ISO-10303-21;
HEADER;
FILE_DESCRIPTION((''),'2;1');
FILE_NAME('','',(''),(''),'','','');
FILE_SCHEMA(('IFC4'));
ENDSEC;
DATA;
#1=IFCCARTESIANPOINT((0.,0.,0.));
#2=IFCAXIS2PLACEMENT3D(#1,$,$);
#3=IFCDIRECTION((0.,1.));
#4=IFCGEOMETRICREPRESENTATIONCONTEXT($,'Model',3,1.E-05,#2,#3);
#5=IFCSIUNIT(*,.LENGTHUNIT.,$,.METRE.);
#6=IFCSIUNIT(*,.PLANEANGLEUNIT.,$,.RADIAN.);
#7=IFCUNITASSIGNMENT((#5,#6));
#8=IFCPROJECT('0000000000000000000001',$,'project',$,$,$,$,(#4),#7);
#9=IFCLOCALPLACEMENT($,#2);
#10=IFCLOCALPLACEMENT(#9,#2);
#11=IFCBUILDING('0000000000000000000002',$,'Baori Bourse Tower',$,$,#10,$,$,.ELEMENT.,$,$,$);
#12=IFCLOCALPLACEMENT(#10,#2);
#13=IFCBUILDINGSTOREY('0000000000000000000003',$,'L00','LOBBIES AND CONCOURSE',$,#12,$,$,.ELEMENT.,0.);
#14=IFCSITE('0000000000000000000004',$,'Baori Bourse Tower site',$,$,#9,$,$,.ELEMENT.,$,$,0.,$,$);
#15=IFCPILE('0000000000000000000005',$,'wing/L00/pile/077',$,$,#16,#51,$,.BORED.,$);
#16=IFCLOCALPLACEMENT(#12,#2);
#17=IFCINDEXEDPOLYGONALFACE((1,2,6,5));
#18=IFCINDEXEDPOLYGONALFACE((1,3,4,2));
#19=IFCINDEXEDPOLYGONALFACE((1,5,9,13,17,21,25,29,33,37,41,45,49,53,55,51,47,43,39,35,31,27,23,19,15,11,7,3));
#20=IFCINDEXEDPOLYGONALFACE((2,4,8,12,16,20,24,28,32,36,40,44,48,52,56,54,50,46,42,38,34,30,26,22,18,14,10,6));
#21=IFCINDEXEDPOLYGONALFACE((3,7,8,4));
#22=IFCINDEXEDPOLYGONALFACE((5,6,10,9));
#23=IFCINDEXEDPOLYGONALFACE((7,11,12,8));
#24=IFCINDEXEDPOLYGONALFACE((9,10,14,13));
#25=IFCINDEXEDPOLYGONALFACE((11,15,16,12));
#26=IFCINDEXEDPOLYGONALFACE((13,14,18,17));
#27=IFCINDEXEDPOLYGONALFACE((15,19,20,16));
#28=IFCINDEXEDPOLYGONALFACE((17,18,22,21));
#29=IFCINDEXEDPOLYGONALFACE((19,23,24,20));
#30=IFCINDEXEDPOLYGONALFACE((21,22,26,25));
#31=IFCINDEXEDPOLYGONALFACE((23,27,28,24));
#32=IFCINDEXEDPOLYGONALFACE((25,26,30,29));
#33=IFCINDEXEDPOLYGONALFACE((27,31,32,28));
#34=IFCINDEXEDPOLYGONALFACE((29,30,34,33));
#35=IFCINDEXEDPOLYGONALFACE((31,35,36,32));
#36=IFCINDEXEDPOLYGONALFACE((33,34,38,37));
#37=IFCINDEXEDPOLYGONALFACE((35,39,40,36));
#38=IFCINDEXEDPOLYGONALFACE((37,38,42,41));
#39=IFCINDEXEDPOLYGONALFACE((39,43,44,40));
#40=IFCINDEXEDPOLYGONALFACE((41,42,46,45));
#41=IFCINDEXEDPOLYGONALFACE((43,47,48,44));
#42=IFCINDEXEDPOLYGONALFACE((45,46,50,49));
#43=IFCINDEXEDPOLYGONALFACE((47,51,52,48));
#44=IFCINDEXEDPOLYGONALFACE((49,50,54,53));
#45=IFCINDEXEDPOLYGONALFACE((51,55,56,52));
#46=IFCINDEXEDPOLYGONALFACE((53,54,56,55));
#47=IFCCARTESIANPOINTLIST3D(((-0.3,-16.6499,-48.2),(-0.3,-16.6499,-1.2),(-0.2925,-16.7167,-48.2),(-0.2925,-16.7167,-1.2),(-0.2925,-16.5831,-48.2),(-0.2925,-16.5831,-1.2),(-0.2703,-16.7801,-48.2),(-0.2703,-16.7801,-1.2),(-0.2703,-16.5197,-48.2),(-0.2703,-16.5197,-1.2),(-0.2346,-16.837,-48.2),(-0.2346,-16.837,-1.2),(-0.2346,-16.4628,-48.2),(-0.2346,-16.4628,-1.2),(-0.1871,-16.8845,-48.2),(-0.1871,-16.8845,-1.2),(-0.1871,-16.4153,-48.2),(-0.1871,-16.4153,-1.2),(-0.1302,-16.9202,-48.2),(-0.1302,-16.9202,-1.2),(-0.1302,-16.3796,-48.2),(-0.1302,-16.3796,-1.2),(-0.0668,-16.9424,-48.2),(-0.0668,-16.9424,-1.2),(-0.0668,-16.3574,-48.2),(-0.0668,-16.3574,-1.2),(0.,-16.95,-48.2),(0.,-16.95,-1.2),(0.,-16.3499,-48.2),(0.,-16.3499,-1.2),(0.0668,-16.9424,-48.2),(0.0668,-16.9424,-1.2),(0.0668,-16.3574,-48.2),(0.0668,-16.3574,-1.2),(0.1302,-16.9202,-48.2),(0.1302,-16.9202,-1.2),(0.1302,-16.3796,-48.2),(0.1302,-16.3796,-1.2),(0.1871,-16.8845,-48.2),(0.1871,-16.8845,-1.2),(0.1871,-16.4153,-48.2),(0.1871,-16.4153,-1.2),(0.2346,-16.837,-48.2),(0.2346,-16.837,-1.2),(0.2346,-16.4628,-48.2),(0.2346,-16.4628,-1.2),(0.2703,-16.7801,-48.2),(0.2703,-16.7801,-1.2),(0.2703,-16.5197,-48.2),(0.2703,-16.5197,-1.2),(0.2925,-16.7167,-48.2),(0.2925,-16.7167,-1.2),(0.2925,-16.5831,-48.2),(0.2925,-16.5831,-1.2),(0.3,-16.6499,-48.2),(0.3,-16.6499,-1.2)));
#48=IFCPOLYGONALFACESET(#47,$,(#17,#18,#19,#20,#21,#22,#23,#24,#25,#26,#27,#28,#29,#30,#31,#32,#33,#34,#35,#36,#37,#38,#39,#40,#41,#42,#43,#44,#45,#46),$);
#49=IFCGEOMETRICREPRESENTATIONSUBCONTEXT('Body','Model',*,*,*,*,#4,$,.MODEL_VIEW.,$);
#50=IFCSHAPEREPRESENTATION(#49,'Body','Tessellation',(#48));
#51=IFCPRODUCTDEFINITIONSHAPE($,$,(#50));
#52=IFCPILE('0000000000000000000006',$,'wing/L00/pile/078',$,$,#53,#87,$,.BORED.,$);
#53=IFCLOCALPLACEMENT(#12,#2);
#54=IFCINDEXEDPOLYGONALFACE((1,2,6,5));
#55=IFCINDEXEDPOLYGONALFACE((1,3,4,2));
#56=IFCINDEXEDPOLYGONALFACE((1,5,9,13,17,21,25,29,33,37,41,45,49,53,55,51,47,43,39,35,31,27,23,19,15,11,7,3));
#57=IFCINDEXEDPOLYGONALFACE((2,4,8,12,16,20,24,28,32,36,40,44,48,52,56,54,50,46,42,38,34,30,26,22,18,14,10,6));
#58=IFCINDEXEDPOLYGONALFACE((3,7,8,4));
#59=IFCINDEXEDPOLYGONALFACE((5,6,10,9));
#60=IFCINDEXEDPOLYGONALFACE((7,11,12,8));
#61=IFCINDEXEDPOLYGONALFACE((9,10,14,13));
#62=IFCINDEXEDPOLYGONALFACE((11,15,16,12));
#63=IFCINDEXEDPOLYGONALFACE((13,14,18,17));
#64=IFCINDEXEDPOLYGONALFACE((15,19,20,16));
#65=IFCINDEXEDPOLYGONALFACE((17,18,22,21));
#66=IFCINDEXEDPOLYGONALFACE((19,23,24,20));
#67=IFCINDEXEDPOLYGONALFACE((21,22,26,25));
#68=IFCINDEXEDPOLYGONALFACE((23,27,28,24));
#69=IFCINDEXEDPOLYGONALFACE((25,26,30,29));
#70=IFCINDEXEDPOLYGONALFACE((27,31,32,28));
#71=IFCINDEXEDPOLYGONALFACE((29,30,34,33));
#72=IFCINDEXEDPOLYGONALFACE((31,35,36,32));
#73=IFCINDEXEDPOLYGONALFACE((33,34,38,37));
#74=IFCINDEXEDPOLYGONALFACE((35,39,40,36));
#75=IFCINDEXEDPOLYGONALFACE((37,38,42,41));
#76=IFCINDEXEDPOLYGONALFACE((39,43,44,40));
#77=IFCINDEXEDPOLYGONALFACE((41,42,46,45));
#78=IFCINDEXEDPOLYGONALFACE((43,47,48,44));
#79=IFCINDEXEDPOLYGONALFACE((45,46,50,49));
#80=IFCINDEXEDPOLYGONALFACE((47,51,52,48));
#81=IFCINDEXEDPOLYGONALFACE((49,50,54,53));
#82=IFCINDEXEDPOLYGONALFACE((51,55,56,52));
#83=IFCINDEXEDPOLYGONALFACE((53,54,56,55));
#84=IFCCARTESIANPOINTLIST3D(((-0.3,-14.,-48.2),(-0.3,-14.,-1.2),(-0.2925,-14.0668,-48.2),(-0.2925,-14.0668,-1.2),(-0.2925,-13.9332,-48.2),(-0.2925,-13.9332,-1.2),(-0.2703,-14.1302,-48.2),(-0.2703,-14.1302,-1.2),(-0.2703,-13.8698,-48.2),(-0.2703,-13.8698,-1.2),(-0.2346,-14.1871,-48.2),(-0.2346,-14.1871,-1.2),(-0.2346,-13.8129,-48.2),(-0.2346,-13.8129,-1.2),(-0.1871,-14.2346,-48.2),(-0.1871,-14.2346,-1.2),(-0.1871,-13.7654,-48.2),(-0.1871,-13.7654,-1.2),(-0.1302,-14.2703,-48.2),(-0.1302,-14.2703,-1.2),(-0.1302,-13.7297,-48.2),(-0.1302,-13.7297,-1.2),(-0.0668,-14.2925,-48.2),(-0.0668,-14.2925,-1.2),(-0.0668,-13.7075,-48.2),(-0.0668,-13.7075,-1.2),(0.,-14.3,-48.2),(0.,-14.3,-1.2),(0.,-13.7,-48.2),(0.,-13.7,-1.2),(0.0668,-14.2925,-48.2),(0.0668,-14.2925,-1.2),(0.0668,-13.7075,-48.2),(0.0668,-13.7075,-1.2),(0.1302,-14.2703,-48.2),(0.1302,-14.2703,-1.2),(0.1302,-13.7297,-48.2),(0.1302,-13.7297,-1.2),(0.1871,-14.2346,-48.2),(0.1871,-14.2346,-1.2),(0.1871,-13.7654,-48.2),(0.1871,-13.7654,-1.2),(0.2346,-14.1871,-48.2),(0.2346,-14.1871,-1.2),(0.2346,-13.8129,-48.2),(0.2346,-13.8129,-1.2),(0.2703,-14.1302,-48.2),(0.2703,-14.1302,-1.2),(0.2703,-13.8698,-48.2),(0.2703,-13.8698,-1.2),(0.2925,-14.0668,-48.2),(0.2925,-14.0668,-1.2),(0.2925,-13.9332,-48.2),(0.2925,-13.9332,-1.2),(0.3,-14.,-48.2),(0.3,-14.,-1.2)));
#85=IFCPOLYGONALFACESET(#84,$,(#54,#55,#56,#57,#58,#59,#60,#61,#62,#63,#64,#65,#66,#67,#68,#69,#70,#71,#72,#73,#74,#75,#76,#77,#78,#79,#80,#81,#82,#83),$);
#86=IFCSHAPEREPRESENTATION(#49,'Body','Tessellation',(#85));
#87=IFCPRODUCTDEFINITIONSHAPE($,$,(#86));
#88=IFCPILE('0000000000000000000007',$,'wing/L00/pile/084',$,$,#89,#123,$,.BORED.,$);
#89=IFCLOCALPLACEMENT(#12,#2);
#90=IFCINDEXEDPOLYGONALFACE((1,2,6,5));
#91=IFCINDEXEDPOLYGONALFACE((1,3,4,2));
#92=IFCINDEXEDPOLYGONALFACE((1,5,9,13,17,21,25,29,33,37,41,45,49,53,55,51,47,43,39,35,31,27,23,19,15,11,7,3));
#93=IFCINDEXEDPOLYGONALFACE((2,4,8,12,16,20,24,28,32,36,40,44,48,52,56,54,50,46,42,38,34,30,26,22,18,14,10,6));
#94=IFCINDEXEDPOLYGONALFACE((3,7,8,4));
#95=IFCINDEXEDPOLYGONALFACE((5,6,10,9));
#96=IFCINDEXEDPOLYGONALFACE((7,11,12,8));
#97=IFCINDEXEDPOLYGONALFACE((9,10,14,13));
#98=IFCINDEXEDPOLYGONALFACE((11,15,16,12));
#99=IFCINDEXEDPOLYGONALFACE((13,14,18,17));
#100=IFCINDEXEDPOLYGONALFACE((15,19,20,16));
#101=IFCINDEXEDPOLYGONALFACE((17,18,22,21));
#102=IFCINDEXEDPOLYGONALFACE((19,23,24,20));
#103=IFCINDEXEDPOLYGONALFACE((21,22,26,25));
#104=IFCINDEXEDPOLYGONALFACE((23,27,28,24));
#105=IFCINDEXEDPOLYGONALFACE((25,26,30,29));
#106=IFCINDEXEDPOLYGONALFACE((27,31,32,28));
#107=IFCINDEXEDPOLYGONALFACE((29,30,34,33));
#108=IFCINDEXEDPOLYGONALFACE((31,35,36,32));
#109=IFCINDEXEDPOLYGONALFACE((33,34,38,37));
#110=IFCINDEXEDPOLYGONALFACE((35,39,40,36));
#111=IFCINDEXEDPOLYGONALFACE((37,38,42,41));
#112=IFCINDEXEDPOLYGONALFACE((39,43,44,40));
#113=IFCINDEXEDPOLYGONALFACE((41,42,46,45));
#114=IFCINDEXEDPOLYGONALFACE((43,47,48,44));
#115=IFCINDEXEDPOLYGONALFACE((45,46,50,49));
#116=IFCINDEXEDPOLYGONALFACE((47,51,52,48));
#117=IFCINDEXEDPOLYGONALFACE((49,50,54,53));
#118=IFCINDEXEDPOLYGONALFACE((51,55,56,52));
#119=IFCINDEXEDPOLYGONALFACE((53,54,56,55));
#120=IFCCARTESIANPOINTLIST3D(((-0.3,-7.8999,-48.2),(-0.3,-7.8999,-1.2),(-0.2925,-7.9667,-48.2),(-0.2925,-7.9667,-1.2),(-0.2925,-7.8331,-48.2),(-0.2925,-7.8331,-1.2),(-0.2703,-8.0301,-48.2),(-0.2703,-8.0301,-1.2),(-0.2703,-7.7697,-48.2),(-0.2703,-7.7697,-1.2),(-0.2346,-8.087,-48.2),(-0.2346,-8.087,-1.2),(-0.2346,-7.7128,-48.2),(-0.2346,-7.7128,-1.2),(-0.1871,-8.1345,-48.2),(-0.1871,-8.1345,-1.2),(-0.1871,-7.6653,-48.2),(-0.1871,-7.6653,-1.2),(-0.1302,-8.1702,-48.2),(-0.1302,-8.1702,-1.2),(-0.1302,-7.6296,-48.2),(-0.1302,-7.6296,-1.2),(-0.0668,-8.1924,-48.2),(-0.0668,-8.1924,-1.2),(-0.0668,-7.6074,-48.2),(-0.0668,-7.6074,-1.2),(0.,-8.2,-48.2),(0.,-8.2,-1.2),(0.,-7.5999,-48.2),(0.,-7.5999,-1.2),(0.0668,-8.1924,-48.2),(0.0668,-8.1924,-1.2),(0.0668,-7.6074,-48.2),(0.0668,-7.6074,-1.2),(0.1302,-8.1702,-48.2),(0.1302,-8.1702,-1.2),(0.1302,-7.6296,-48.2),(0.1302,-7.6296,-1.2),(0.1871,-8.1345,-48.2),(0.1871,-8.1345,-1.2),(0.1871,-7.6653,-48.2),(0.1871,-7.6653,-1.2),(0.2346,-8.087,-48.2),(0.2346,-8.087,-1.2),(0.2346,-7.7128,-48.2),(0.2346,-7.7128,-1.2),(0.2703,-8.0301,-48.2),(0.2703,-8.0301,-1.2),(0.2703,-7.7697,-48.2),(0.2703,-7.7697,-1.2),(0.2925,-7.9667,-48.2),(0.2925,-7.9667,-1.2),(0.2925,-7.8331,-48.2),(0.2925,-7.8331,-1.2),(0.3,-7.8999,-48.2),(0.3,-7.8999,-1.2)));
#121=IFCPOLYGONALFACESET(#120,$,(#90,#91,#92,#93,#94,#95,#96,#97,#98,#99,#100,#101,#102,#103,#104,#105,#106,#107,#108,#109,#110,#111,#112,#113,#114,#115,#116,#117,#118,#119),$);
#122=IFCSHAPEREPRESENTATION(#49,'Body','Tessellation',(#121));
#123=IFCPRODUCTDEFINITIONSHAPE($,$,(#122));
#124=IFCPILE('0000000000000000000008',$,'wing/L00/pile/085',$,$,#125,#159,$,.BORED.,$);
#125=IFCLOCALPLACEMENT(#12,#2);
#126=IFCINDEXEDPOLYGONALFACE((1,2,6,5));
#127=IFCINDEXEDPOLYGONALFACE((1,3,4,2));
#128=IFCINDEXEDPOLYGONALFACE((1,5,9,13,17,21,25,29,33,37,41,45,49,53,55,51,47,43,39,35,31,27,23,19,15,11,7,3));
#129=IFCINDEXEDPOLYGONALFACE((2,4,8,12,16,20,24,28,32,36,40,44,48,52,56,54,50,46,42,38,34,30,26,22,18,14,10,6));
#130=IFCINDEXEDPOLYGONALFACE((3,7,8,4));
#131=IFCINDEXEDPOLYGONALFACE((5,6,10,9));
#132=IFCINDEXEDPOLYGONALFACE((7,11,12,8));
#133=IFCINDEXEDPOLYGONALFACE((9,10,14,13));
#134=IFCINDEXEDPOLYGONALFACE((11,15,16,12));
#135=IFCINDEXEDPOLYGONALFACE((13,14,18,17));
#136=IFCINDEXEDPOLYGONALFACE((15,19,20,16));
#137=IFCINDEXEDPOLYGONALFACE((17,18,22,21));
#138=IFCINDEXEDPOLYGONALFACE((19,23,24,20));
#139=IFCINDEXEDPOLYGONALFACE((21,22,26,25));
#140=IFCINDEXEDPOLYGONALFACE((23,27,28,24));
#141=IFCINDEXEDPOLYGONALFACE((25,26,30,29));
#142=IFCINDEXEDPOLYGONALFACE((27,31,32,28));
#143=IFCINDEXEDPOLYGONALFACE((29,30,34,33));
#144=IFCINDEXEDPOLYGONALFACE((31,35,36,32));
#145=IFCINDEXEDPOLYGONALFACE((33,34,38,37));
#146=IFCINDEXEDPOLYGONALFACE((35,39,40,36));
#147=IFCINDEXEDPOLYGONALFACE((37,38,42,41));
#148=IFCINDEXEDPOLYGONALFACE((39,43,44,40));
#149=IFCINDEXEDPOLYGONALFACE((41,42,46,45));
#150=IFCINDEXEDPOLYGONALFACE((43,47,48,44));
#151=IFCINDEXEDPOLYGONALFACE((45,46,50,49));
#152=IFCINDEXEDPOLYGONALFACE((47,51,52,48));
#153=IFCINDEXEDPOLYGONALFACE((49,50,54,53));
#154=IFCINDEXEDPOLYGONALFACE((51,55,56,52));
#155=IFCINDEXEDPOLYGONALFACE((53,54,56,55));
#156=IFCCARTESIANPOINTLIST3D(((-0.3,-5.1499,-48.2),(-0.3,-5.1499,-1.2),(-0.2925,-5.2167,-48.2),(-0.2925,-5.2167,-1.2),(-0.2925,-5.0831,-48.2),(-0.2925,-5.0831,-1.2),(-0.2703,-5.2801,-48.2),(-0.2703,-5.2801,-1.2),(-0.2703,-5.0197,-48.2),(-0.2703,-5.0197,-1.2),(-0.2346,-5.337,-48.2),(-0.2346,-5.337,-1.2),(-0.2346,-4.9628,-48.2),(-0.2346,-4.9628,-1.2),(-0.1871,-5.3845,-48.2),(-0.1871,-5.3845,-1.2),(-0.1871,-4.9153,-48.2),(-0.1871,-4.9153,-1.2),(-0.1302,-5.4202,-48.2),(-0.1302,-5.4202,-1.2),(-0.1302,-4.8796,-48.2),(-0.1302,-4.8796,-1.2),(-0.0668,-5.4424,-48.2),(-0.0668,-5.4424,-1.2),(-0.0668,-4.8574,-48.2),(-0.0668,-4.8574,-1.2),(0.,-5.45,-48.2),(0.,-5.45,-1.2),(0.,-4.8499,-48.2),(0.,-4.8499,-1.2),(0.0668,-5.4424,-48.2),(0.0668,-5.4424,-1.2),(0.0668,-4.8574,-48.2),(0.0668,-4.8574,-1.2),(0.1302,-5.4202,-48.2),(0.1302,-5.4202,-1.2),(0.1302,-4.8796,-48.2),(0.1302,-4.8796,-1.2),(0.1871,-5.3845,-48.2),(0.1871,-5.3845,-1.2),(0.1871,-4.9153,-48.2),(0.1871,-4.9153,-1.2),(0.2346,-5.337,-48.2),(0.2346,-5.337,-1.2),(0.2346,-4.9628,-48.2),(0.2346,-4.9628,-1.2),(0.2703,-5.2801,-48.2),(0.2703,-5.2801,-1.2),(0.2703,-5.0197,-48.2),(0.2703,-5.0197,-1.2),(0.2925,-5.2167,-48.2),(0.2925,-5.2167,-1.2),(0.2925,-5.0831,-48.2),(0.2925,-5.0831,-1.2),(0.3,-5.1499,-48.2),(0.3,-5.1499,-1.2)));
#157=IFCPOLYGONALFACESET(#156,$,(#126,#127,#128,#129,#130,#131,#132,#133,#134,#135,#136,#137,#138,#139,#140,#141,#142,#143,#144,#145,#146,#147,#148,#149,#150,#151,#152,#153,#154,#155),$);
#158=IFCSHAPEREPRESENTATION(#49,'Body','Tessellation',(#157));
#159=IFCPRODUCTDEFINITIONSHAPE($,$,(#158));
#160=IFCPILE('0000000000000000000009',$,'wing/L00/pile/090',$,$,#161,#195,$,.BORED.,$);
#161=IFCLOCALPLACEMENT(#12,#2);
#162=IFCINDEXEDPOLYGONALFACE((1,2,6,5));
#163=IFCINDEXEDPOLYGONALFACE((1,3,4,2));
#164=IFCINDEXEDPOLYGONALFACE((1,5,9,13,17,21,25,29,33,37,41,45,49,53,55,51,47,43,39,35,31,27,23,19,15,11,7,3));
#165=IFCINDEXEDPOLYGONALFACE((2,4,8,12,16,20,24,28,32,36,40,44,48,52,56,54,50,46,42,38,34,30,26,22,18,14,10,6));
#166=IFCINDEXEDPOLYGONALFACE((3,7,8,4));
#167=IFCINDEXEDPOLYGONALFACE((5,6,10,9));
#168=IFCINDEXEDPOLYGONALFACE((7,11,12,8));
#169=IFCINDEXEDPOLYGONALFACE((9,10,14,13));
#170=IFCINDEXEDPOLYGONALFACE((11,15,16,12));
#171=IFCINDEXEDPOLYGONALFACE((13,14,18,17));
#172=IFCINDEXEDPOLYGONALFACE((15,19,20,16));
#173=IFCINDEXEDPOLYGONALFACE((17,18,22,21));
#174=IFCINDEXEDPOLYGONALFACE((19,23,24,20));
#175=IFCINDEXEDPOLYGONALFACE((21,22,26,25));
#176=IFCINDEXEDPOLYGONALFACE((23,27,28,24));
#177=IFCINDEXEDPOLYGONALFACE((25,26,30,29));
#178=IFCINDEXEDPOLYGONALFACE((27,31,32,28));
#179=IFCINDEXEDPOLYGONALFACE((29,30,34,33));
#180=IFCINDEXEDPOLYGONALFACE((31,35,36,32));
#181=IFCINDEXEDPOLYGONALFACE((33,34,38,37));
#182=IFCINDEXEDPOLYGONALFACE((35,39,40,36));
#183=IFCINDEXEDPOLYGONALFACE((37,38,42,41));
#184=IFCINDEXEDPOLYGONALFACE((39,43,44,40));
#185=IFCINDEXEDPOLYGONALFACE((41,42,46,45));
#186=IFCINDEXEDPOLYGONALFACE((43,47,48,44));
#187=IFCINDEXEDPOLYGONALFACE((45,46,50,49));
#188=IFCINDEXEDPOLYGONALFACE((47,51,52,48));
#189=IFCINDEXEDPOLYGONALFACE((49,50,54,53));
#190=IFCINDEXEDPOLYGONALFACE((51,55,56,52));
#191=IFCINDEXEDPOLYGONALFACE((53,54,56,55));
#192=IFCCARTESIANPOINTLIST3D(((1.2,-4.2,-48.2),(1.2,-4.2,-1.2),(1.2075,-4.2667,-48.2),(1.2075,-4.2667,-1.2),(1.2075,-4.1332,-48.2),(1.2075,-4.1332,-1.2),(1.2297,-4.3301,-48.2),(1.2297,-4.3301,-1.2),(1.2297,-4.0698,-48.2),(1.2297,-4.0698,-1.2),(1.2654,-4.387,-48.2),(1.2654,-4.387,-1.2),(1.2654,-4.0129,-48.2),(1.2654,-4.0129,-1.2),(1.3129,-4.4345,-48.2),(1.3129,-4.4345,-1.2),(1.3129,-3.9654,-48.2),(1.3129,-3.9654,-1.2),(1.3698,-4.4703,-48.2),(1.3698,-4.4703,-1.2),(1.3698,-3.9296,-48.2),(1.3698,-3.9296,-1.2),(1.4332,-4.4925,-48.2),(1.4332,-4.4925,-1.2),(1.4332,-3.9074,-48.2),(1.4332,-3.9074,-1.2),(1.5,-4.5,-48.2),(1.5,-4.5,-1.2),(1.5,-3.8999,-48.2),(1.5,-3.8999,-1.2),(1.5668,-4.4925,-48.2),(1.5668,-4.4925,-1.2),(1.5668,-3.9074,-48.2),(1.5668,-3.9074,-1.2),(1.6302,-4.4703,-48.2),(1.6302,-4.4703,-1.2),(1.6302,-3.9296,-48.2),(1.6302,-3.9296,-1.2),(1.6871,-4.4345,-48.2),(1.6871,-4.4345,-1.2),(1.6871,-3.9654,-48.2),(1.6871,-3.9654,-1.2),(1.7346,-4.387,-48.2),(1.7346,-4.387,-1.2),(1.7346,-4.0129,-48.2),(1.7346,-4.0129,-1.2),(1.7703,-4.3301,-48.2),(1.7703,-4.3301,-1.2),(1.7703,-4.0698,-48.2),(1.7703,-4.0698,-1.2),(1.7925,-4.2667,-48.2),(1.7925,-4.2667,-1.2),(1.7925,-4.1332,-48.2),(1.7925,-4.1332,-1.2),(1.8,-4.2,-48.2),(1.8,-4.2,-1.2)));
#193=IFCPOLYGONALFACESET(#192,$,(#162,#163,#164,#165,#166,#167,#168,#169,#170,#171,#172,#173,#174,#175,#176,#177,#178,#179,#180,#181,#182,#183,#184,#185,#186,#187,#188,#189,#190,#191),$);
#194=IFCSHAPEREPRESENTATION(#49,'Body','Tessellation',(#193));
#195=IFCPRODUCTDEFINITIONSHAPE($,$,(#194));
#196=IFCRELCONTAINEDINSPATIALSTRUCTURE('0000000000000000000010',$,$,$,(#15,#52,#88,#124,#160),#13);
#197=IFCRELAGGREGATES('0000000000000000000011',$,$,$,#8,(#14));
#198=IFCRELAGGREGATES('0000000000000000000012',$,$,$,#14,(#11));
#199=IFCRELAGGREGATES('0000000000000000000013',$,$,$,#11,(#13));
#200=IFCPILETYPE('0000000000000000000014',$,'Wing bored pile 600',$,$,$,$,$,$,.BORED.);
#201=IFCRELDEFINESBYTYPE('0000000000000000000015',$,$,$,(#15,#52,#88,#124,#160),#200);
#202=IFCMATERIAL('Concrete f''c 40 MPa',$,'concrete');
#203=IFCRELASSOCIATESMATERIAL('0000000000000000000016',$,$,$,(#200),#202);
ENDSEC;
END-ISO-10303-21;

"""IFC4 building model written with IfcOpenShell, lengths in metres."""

from ifc_helpers import new_model, si_unit, direction, frame, origin, origin_2d, place, context, subcontext, project, spatial, circle, extrude, material, material_profile, profile_set, type_object, element, save


model = new_model("IFC4")

# Units and contexts
model_context = context("Model", 3, precision=1e-05, world=origin(), true_north=direction((0.0, 1.0)))
body_context = subcontext(model_context, "Body", "Model", "MODEL_VIEW")
ifc_project = project(units=[si_unit("LENGTHUNIT", "METRE"), si_unit("PLANEANGLEUNIT", "RADIAN")], contexts=[model_context])

# Site, building, storey
site_placement = place(None, origin())
site = spatial("IfcSite", under=ifc_project, at=site_placement, Name="Baori Bourse Tower site", CompositionType="ELEMENT", RefElevation=0.0)
building_placement = place(site_placement, origin())
building = spatial("IfcBuilding", under=site, at=building_placement, Name="Baori Bourse Tower", CompositionType="ELEMENT")
storey_placement = place(building_placement, origin())
storey = spatial("IfcBuildingStorey", under=building, at=storey_placement, Name="L00", Description="LOBBIES AND CONCOURSE", CompositionType="ELEMENT", Elevation=0.0)

# Piles
ifc_material_1 = material(Name="Concrete f'c 40 MPa", Category="concrete")
ifc_material_profile_1 = material_profile(ifc_material_1, circle(Radius=0.3, at=origin_2d()), Name="Wing bored pile 600")
ifc_profile_set_1 = profile_set([ifc_material_profile_1], Name="Concrete f'c 40 MPa")
pile_type_1 = type_object("IfcPileType", Name="Wing bored pile 600", PredefinedType="BORED", material=ifc_profile_set_1)
for number, where, z_axis, x_axis, name in (
    (1, (0.0, -16.6499, -1.2), (0.0, 0.0, -1.0), (1.0, 0.0, 0.0), "wing/L00/pile/077"),
    (2, (0.0, -14.0, -1.2), (0.0, 0.0, -1.0), (1.0, 0.0, 0.0), "wing/L00/pile/078"),
    (3, (0.0, -7.8999, -1.2), (0.0, 0.0, -1.0), (1.0, 0.0, 0.0), "wing/L00/pile/084"),
    (4, (0.0, -5.1499, -1.2), (0.0, 0.0, -1.0), (1.0, 0.0, 0.0), "wing/L00/pile/085"),
    (5, (1.5, -4.2, -1.2), (0.0, 0.0, -1.0), (1.0, 0.0, 0.0), "wing/L00/pile/090"),
):
    element("IfcPile", number, at=place(storey_placement, frame(where, z_axis=z_axis, x_axis=x_axis)), inside=storey, type_object=pile_type_1, Name=name, PredefinedType="BORED", context=body_context, shape_type="SweptSolid", body=[
        extrude(circle(Radius=0.3, at=origin_2d()), origin(), (0.0, 0.0, 1.0), 47.0),
    ])

save(model, "model.ifc")
